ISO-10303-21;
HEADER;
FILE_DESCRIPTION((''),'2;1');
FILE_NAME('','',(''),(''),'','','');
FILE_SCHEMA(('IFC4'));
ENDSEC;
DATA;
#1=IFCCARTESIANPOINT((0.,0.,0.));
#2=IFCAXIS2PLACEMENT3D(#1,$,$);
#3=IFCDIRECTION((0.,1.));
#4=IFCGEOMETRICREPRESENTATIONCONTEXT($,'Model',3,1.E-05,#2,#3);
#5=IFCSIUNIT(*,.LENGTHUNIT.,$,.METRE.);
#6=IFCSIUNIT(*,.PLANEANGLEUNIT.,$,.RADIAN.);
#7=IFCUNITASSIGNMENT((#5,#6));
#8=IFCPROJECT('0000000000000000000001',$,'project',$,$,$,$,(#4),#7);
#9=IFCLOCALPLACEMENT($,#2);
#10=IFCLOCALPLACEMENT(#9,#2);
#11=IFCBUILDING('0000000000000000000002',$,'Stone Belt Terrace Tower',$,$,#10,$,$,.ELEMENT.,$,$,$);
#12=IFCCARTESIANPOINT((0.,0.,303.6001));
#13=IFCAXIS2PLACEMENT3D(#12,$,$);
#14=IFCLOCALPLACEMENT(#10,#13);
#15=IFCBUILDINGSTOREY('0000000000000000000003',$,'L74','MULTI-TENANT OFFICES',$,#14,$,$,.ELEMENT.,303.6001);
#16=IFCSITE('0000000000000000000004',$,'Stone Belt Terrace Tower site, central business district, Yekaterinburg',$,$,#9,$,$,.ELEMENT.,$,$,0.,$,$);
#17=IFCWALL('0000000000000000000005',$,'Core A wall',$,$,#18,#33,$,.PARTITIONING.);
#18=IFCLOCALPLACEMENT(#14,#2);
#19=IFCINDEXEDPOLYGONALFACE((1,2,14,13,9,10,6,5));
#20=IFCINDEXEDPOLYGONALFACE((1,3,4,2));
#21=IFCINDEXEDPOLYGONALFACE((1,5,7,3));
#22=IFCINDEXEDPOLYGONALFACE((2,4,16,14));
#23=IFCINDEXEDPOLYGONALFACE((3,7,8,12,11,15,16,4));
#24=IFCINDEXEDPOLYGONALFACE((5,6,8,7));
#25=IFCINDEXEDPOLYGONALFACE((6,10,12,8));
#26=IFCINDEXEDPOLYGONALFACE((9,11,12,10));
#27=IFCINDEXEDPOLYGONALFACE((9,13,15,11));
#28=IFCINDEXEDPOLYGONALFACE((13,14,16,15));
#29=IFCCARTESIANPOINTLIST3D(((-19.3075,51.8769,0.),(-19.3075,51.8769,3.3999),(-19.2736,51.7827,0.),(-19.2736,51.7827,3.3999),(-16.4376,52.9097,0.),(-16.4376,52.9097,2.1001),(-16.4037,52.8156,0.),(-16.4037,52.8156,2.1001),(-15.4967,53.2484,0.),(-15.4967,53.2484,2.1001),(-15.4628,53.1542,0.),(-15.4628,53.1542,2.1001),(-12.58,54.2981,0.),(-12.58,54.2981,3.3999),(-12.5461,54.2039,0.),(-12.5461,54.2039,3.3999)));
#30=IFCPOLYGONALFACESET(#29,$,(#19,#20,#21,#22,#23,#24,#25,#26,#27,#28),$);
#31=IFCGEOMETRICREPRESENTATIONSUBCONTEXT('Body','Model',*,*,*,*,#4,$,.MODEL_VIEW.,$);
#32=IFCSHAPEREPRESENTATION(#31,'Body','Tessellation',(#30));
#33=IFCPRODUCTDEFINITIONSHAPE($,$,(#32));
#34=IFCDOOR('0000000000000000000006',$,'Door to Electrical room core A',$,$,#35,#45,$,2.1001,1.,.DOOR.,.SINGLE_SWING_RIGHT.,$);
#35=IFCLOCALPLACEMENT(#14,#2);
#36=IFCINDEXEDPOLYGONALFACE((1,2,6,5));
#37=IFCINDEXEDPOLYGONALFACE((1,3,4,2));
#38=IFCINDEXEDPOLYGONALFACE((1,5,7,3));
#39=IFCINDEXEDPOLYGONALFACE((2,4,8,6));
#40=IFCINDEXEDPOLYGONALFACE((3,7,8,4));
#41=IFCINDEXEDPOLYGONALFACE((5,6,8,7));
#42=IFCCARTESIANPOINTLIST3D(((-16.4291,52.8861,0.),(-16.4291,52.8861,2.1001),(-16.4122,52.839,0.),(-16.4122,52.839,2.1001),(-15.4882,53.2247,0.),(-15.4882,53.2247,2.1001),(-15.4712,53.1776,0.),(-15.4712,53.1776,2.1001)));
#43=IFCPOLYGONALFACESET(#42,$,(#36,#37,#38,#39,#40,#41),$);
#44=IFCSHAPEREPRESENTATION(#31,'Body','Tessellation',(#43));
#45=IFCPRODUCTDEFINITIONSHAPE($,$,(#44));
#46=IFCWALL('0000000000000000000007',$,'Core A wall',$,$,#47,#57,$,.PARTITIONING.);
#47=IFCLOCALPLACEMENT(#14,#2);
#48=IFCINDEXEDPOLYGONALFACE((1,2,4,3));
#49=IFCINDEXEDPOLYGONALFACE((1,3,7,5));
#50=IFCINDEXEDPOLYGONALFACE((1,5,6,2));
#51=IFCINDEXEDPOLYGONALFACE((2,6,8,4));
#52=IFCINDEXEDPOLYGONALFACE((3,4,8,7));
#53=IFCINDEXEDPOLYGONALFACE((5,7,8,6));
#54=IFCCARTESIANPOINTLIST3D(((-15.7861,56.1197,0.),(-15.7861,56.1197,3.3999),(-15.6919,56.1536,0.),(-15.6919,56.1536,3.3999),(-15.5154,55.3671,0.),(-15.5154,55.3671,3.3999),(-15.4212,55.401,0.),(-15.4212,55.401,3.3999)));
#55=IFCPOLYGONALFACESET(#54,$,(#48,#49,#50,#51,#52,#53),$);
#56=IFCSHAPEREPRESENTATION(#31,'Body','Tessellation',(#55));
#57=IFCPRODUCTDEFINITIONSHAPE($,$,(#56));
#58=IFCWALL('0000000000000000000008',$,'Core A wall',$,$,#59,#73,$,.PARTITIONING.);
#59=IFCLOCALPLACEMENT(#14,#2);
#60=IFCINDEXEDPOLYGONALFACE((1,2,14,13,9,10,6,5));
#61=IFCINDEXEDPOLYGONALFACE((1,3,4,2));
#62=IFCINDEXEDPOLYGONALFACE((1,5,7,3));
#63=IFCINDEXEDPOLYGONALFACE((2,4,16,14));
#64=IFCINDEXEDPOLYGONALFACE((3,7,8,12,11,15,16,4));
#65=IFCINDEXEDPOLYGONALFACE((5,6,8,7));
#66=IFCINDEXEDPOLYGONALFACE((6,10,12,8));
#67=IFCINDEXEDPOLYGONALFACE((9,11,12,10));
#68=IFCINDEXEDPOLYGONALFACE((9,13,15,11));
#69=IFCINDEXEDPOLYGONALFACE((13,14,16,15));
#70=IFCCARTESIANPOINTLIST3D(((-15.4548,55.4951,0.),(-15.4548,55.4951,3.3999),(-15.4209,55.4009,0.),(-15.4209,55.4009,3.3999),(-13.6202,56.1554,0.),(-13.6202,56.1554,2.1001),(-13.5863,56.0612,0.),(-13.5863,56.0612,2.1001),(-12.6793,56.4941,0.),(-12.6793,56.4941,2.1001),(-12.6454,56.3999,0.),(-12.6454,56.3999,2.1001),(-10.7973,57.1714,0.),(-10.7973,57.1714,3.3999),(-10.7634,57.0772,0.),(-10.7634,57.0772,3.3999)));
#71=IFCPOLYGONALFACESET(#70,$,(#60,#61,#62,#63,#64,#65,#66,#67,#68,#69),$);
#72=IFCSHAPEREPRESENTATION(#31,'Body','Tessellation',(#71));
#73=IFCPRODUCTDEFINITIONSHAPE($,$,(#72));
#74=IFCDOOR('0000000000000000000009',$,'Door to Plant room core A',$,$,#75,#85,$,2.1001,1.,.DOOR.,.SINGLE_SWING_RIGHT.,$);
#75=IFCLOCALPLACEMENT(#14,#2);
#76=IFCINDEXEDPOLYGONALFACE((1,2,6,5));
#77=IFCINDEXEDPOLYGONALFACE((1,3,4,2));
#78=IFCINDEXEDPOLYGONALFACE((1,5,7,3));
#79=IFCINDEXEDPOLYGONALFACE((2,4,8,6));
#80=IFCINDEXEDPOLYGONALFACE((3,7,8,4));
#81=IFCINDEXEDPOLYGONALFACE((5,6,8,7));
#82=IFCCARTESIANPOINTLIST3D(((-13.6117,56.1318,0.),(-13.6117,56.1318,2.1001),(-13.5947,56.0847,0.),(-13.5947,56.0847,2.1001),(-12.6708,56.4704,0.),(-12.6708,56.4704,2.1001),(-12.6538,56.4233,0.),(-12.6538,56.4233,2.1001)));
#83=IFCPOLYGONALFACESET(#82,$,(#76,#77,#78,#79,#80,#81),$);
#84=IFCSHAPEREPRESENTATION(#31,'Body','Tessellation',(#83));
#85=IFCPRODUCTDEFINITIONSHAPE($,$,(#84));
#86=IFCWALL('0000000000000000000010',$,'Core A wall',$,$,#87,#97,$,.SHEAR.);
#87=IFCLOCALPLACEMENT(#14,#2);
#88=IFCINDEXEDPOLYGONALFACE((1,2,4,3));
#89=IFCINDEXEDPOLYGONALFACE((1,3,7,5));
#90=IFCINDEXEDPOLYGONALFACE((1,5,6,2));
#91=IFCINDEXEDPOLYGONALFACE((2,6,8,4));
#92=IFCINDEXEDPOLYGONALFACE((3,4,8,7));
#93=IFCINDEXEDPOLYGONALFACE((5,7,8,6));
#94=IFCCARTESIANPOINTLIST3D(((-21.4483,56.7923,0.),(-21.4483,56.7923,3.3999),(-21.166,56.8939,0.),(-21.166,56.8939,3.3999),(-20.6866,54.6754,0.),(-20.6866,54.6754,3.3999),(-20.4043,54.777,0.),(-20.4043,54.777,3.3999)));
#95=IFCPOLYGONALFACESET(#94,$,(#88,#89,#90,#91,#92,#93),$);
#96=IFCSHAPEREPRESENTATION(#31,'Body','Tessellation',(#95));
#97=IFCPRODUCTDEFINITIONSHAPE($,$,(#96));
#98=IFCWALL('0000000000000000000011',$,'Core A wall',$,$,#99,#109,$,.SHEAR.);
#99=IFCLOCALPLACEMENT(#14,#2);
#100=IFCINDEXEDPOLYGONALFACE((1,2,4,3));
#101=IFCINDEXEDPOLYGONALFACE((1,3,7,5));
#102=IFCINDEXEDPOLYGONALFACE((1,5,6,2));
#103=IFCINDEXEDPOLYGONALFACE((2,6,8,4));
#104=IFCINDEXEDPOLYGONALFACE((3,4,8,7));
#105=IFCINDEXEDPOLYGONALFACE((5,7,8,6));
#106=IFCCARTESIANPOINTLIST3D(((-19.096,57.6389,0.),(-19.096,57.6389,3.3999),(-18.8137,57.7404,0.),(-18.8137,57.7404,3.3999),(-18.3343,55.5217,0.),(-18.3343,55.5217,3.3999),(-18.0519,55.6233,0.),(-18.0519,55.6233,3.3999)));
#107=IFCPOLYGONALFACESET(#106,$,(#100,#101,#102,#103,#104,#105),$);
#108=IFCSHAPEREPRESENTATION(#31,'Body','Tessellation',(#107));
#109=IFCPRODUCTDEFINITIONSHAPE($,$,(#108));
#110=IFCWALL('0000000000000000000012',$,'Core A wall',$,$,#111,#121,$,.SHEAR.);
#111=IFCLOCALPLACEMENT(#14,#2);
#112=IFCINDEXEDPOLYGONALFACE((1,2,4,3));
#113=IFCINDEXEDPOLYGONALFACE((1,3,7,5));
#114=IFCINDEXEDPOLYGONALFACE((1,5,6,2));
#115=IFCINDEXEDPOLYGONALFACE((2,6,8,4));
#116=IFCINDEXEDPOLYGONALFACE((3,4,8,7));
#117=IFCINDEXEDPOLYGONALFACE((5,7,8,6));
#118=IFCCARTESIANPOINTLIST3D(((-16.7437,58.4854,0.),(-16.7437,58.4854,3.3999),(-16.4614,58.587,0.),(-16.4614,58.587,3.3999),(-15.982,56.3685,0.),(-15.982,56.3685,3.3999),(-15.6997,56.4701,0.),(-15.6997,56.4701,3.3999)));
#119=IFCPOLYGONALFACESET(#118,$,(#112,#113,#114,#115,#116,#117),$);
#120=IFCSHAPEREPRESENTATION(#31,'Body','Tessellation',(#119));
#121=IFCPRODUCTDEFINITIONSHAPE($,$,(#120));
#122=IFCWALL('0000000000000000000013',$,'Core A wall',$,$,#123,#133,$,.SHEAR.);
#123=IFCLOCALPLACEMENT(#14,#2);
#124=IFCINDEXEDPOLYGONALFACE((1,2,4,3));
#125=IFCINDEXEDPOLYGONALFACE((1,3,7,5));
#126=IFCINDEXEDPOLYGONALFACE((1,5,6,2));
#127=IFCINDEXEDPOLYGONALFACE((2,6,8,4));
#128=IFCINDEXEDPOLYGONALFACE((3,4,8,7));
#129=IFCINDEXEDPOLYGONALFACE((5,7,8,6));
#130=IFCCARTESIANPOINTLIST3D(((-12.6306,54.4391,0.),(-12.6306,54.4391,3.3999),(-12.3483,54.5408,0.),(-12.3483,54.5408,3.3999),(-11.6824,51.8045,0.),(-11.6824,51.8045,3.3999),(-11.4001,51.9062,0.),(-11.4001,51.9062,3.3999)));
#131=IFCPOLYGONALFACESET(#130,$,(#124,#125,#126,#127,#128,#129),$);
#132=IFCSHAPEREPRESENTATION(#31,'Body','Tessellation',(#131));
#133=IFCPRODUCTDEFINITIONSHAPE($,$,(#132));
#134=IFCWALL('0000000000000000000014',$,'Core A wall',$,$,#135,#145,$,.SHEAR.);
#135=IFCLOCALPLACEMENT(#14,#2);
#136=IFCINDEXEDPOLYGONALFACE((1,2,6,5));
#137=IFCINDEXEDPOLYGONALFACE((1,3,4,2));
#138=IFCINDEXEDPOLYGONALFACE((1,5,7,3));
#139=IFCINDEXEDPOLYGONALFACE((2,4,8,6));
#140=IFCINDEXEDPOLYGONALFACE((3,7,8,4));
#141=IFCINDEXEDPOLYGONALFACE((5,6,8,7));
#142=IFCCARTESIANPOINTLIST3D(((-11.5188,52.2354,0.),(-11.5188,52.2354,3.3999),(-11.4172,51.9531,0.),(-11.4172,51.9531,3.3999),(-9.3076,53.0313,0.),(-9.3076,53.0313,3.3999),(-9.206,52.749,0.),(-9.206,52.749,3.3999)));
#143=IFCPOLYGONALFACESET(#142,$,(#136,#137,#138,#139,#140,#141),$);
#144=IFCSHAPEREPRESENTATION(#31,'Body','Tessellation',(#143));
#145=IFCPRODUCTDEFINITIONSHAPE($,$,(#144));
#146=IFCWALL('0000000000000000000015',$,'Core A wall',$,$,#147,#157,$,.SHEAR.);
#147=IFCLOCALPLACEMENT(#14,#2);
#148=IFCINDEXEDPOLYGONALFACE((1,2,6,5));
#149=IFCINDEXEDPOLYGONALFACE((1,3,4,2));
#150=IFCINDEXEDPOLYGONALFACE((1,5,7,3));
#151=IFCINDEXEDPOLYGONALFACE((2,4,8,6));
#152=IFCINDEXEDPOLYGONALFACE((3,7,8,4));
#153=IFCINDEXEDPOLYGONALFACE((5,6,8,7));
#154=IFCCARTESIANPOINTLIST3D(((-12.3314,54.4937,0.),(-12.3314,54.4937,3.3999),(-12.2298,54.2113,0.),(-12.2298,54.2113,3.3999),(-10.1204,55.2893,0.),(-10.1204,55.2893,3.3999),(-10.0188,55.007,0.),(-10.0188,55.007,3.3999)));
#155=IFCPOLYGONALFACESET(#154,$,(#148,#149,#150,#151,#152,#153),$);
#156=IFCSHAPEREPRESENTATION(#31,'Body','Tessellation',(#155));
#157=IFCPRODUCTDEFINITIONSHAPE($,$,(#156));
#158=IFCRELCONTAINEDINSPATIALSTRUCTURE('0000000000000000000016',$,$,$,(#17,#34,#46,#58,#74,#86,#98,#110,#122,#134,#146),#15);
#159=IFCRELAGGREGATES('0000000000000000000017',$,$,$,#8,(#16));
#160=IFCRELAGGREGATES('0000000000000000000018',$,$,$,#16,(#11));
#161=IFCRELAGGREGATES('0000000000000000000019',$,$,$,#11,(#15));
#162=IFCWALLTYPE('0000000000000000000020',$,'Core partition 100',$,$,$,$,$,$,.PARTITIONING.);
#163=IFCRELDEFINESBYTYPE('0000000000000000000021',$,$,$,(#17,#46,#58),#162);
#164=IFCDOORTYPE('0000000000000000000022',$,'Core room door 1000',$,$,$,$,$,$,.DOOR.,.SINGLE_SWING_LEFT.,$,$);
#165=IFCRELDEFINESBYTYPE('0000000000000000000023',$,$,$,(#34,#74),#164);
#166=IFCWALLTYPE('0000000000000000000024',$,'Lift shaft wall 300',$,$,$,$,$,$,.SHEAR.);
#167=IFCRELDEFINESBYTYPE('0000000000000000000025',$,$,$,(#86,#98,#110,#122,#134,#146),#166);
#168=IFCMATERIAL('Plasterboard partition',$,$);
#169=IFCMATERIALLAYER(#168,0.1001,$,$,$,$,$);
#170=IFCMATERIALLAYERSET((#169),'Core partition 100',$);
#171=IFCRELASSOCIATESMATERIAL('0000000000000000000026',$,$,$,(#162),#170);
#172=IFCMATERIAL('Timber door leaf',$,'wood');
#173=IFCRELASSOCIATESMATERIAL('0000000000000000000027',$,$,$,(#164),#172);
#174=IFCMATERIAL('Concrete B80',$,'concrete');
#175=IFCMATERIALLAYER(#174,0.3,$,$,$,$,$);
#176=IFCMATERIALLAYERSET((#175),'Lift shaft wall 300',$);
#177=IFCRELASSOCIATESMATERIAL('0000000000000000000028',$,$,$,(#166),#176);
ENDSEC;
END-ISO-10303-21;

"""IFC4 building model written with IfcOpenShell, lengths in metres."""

from ifc_helpers import new_model, si_unit, direction, frame, frame_2d, origin, place, context, subcontext, project, spatial, rectangle, extrude, material, layer, layer_set, type_object, element, fill, save


model = new_model("IFC4")

# Units and contexts
model_context = context("Model", 3, precision=1e-05, world=origin(), true_north=direction((0.0, 1.0)))
body_context = subcontext(model_context, "Body", "Model", "MODEL_VIEW")
ifc_project = project(units=[si_unit("LENGTHUNIT", "METRE"), si_unit("PLANEANGLEUNIT", "RADIAN")], contexts=[model_context])

# Site, building, storey
site_placement = place(None, origin())
site = spatial("IfcSite", under=ifc_project, at=site_placement, Name="Stone Belt Terrace Tower site, central business district, Yekaterinburg", CompositionType="ELEMENT", RefElevation=0.0)
building_placement = place(site_placement, origin())
building = spatial("IfcBuilding", under=site, at=building_placement, Name="Stone Belt Terrace Tower", CompositionType="ELEMENT")
storey_placement = place(building_placement, frame((0.0, 0.0, 303.6001)))
storey = spatial("IfcBuildingStorey", under=building, at=storey_placement, Name="L74", Description="MULTI-TENANT OFFICES", CompositionType="ELEMENT", Elevation=303.6001)

# Wall, opening, door
ifc_material_1 = material(Name="Plasterboard partition")
ifc_layer_1 = layer(ifc_material_1, 0.1001)
ifc_layer_set_1 = layer_set([ifc_layer_1], Name="Core partition 100")
wall_type_1 = type_object("IfcWallType", Name="Core partition 100", PredefinedType="PARTITIONING", material=ifc_layer_set_1)
wall_1_placement = place(storey_placement, frame((-19.2905, 51.8298, 0.0), z_axis=(0.0, 0.0, 1.0), x_axis=(0.940922, 0.338624, 0.0)))
wall_1 = element("IfcWall", 1, at=wall_1_placement, inside=storey, type_object=wall_type_1, Name="Core A wall", PredefinedType="PARTITIONING", context=body_context, shape_type="SweptSolid", body=[
    extrude(rectangle(XDim=7.1499, YDim=0.1001, at=frame_2d((3.575, 0.0))), origin(), (0.0, 0.0, 1.0), 3.3999),
])
opening_1_placement = place(wall_1_placement, frame((3.05, 0.0, 0.0)))
opening_1 = element("IfcOpeningElement", 2, at=opening_1_placement, cuts=wall_1, PredefinedType="OPENING", context=body_context, shape_type="SweptSolid", body=[
    extrude(rectangle(XDim=1.0, YDim=2.1001, at=frame_2d((0.5, 1.05))), frame((0.0, 0.0601, 0.0), z_axis=(0.0, -1.0, 0.0), x_axis=(1.0, 0.0, 0.0)), (0.0, 0.0, 1.0), 0.1201),
])
ifc_material_2 = material(Name="Timber door leaf", Category="wood")
door_type_1 = type_object("IfcDoorType", Name="Core room door 1000", OperationType="SINGLE_SWING_LEFT", PredefinedType="DOOR", material=ifc_material_2)
door_1_placement = place(opening_1_placement, origin())
door_1 = element("IfcDoor", 3, at=door_1_placement, inside=storey, type_object=door_type_1, Name="Door to Electrical room core A", OperationType="SINGLE_SWING_RIGHT", OverallHeight=2.1001, OverallWidth=1.0, PredefinedType="DOOR", context=body_context, shape_type="SweptSolid", body=[
    extrude(rectangle(XDim=1.0, YDim=2.1001, at=frame_2d((0.5, 1.05))), frame((0.0, 0.0249, 0.0), z_axis=(0.0, -1.0, 0.0), x_axis=(1.0, 0.0, 0.0)), (0.0, 0.0, 1.0), 0.05),
])
fill(opening_1, door_1)

# Wall
wall_2_placement = place(storey_placement, frame((-15.4683, 55.384, 0.0), z_axis=(0.0, 0.0, 1.0), x_axis=(-0.338482, 0.940973, 0.0)))
element("IfcWall", 4, at=wall_2_placement, inside=storey, type_object=wall_type_1, Name="Core A wall", PredefinedType="PARTITIONING", context=body_context, shape_type="SweptSolid", body=[
    extrude(rectangle(XDim=0.7998, YDim=0.1001, at=frame_2d((0.3999, 0.0))), origin(), (0.0, 0.0, 1.0), 3.3999),
])

# Wall, opening, door
wall_3_placement = place(storey_placement, frame((-15.438, 55.448, 0.0), z_axis=(0.0, 0.0, 1.0), x_axis=(0.940914, 0.338644, 0.0)))
wall_3 = element("IfcWall", 5, at=wall_3_placement, inside=storey, type_object=wall_type_1, Name="Core A wall", PredefinedType="PARTITIONING", context=body_context, shape_type="SweptSolid", body=[
    extrude(rectangle(XDim=4.95, YDim=0.1001, at=frame_2d((2.4751, 0.0))), origin(), (0.0, 0.0, 1.0), 3.3999),
])
opening_2_placement = place(wall_3_placement, frame((1.95, 0.0, 0.0)))
opening_2 = element("IfcOpeningElement", 6, at=opening_2_placement, cuts=wall_3, PredefinedType="OPENING", context=body_context, shape_type="SweptSolid", body=[
    extrude(rectangle(XDim=1.0, YDim=2.1001, at=frame_2d((0.5, 1.05))), frame((0.0, 0.0601, 0.0), z_axis=(0.0, -1.0, 0.0), x_axis=(1.0, 0.0, 0.0)), (0.0, 0.0, 1.0), 0.1201),
])
door_2_placement = place(opening_2_placement, origin())
door_2 = element("IfcDoor", 7, at=door_2_placement, inside=storey, type_object=door_type_1, Name="Door to Plant room core A", OperationType="SINGLE_SWING_RIGHT", OverallHeight=2.1001, OverallWidth=1.0, PredefinedType="DOOR", context=body_context, shape_type="SweptSolid", body=[
    extrude(rectangle(XDim=1.0, YDim=2.1001, at=frame_2d((0.5, 1.05))), frame((0.0, 0.0249, 0.0), z_axis=(0.0, -1.0, 0.0), x_axis=(1.0, 0.0, 0.0)), (0.0, 0.0, 1.0), 0.05),
])
fill(opening_2, door_2)

# Walls
ifc_material_3 = material(Name="Concrete B80", Category="concrete")
ifc_layer_2 = layer(ifc_material_3, 0.3)
ifc_layer_set_2 = layer_set([ifc_layer_2], Name="Lift shaft wall 300")
wall_type_2 = type_object("IfcWallType", Name="Lift shaft wall 300", PredefinedType="SHEAR", material=ifc_layer_set_2)
wall_4_placement = place(storey_placement, frame((-20.5454, 54.7261, 0.0), z_axis=(0.0, 0.0, 1.0), x_axis=(-0.33857, 0.940941, 0.0)))
element("IfcWall", 8, at=wall_4_placement, inside=storey, type_object=wall_type_2, Name="Core A wall", PredefinedType="SHEAR", context=body_context, shape_type="SweptSolid", body=[
    extrude(rectangle(XDim=2.2498, YDim=0.3, at=frame_2d((1.125, 0.0))), origin(), (0.0, 0.0, 1.0), 3.3999),
])
wall_5_placement = place(storey_placement, frame((-18.1931, 55.5725, 0.0), z_axis=(0.0, 0.0, 1.0), x_axis=(-0.338535, 0.940954, 0.0)))
element("IfcWall", 9, at=wall_5_placement, inside=storey, type_object=wall_type_2, Name="Core A wall", PredefinedType="SHEAR", context=body_context, shape_type="SweptSolid", body=[
    extrude(rectangle(XDim=2.25, YDim=0.3, at=frame_2d((1.125, 0.0))), origin(), (0.0, 0.0, 1.0), 3.3999),
])
wall_6_placement = place(storey_placement, frame((-15.8408, 56.4192, 0.0), z_axis=(0.0, 0.0, 1.0), x_axis=(-0.33857, 0.940941, 0.0)))
element("IfcWall", 10, at=wall_6_placement, inside=storey, type_object=wall_type_2, Name="Core A wall", PredefinedType="SHEAR", context=body_context, shape_type="SweptSolid", body=[
    extrude(rectangle(XDim=2.2498, YDim=0.3, at=frame_2d((1.125, 0.0))), origin(), (0.0, 0.0, 1.0), 3.3999),
])
wall_7_placement = place(storey_placement, frame((-11.5413, 51.8555, 0.0), z_axis=(0.0, 0.0, 1.0), x_axis=(-0.338661, 0.940909, 0.0)))
element("IfcWall", 11, at=wall_7_placement, inside=storey, type_object=wall_type_2, Name="Core A wall", PredefinedType="SHEAR", context=body_context, shape_type="SweptSolid", body=[
    extrude(rectangle(XDim=2.8, YDim=0.3, at=frame_2d((1.3999, 0.0))), origin(), (0.0, 0.0, 1.0), 3.3999),
])
wall_8_placement = place(storey_placement, frame((-11.468, 52.0942, 0.0), z_axis=(0.0, 0.0, 1.0), x_axis=(0.940905, 0.338672, 0.0)))
element("IfcWall", 12, at=wall_8_placement, inside=storey, type_object=wall_type_2, Name="Core A wall", PredefinedType="SHEAR", context=body_context, shape_type="SweptSolid", body=[
    extrude(rectangle(XDim=2.3501, YDim=0.3, at=frame_2d((1.175, 0.0))), origin(), (0.0, 0.0, 1.0), 3.3999),
])
wall_9_placement = place(storey_placement, frame((-12.2805, 54.3525, 0.0), z_axis=(0.0, 0.0, 1.0), x_axis=(0.940926, 0.338613, 0.0)))
element("IfcWall", 13, at=wall_9_placement, inside=storey, type_object=wall_type_2, Name="Core A wall", PredefinedType="SHEAR", context=body_context, shape_type="SweptSolid", body=[
    extrude(rectangle(XDim=2.3499, YDim=0.3, at=frame_2d((1.1748, 0.0))), origin(), (0.0, 0.0, 1.0), 3.3999),
])

save(model, "model.ifc")
